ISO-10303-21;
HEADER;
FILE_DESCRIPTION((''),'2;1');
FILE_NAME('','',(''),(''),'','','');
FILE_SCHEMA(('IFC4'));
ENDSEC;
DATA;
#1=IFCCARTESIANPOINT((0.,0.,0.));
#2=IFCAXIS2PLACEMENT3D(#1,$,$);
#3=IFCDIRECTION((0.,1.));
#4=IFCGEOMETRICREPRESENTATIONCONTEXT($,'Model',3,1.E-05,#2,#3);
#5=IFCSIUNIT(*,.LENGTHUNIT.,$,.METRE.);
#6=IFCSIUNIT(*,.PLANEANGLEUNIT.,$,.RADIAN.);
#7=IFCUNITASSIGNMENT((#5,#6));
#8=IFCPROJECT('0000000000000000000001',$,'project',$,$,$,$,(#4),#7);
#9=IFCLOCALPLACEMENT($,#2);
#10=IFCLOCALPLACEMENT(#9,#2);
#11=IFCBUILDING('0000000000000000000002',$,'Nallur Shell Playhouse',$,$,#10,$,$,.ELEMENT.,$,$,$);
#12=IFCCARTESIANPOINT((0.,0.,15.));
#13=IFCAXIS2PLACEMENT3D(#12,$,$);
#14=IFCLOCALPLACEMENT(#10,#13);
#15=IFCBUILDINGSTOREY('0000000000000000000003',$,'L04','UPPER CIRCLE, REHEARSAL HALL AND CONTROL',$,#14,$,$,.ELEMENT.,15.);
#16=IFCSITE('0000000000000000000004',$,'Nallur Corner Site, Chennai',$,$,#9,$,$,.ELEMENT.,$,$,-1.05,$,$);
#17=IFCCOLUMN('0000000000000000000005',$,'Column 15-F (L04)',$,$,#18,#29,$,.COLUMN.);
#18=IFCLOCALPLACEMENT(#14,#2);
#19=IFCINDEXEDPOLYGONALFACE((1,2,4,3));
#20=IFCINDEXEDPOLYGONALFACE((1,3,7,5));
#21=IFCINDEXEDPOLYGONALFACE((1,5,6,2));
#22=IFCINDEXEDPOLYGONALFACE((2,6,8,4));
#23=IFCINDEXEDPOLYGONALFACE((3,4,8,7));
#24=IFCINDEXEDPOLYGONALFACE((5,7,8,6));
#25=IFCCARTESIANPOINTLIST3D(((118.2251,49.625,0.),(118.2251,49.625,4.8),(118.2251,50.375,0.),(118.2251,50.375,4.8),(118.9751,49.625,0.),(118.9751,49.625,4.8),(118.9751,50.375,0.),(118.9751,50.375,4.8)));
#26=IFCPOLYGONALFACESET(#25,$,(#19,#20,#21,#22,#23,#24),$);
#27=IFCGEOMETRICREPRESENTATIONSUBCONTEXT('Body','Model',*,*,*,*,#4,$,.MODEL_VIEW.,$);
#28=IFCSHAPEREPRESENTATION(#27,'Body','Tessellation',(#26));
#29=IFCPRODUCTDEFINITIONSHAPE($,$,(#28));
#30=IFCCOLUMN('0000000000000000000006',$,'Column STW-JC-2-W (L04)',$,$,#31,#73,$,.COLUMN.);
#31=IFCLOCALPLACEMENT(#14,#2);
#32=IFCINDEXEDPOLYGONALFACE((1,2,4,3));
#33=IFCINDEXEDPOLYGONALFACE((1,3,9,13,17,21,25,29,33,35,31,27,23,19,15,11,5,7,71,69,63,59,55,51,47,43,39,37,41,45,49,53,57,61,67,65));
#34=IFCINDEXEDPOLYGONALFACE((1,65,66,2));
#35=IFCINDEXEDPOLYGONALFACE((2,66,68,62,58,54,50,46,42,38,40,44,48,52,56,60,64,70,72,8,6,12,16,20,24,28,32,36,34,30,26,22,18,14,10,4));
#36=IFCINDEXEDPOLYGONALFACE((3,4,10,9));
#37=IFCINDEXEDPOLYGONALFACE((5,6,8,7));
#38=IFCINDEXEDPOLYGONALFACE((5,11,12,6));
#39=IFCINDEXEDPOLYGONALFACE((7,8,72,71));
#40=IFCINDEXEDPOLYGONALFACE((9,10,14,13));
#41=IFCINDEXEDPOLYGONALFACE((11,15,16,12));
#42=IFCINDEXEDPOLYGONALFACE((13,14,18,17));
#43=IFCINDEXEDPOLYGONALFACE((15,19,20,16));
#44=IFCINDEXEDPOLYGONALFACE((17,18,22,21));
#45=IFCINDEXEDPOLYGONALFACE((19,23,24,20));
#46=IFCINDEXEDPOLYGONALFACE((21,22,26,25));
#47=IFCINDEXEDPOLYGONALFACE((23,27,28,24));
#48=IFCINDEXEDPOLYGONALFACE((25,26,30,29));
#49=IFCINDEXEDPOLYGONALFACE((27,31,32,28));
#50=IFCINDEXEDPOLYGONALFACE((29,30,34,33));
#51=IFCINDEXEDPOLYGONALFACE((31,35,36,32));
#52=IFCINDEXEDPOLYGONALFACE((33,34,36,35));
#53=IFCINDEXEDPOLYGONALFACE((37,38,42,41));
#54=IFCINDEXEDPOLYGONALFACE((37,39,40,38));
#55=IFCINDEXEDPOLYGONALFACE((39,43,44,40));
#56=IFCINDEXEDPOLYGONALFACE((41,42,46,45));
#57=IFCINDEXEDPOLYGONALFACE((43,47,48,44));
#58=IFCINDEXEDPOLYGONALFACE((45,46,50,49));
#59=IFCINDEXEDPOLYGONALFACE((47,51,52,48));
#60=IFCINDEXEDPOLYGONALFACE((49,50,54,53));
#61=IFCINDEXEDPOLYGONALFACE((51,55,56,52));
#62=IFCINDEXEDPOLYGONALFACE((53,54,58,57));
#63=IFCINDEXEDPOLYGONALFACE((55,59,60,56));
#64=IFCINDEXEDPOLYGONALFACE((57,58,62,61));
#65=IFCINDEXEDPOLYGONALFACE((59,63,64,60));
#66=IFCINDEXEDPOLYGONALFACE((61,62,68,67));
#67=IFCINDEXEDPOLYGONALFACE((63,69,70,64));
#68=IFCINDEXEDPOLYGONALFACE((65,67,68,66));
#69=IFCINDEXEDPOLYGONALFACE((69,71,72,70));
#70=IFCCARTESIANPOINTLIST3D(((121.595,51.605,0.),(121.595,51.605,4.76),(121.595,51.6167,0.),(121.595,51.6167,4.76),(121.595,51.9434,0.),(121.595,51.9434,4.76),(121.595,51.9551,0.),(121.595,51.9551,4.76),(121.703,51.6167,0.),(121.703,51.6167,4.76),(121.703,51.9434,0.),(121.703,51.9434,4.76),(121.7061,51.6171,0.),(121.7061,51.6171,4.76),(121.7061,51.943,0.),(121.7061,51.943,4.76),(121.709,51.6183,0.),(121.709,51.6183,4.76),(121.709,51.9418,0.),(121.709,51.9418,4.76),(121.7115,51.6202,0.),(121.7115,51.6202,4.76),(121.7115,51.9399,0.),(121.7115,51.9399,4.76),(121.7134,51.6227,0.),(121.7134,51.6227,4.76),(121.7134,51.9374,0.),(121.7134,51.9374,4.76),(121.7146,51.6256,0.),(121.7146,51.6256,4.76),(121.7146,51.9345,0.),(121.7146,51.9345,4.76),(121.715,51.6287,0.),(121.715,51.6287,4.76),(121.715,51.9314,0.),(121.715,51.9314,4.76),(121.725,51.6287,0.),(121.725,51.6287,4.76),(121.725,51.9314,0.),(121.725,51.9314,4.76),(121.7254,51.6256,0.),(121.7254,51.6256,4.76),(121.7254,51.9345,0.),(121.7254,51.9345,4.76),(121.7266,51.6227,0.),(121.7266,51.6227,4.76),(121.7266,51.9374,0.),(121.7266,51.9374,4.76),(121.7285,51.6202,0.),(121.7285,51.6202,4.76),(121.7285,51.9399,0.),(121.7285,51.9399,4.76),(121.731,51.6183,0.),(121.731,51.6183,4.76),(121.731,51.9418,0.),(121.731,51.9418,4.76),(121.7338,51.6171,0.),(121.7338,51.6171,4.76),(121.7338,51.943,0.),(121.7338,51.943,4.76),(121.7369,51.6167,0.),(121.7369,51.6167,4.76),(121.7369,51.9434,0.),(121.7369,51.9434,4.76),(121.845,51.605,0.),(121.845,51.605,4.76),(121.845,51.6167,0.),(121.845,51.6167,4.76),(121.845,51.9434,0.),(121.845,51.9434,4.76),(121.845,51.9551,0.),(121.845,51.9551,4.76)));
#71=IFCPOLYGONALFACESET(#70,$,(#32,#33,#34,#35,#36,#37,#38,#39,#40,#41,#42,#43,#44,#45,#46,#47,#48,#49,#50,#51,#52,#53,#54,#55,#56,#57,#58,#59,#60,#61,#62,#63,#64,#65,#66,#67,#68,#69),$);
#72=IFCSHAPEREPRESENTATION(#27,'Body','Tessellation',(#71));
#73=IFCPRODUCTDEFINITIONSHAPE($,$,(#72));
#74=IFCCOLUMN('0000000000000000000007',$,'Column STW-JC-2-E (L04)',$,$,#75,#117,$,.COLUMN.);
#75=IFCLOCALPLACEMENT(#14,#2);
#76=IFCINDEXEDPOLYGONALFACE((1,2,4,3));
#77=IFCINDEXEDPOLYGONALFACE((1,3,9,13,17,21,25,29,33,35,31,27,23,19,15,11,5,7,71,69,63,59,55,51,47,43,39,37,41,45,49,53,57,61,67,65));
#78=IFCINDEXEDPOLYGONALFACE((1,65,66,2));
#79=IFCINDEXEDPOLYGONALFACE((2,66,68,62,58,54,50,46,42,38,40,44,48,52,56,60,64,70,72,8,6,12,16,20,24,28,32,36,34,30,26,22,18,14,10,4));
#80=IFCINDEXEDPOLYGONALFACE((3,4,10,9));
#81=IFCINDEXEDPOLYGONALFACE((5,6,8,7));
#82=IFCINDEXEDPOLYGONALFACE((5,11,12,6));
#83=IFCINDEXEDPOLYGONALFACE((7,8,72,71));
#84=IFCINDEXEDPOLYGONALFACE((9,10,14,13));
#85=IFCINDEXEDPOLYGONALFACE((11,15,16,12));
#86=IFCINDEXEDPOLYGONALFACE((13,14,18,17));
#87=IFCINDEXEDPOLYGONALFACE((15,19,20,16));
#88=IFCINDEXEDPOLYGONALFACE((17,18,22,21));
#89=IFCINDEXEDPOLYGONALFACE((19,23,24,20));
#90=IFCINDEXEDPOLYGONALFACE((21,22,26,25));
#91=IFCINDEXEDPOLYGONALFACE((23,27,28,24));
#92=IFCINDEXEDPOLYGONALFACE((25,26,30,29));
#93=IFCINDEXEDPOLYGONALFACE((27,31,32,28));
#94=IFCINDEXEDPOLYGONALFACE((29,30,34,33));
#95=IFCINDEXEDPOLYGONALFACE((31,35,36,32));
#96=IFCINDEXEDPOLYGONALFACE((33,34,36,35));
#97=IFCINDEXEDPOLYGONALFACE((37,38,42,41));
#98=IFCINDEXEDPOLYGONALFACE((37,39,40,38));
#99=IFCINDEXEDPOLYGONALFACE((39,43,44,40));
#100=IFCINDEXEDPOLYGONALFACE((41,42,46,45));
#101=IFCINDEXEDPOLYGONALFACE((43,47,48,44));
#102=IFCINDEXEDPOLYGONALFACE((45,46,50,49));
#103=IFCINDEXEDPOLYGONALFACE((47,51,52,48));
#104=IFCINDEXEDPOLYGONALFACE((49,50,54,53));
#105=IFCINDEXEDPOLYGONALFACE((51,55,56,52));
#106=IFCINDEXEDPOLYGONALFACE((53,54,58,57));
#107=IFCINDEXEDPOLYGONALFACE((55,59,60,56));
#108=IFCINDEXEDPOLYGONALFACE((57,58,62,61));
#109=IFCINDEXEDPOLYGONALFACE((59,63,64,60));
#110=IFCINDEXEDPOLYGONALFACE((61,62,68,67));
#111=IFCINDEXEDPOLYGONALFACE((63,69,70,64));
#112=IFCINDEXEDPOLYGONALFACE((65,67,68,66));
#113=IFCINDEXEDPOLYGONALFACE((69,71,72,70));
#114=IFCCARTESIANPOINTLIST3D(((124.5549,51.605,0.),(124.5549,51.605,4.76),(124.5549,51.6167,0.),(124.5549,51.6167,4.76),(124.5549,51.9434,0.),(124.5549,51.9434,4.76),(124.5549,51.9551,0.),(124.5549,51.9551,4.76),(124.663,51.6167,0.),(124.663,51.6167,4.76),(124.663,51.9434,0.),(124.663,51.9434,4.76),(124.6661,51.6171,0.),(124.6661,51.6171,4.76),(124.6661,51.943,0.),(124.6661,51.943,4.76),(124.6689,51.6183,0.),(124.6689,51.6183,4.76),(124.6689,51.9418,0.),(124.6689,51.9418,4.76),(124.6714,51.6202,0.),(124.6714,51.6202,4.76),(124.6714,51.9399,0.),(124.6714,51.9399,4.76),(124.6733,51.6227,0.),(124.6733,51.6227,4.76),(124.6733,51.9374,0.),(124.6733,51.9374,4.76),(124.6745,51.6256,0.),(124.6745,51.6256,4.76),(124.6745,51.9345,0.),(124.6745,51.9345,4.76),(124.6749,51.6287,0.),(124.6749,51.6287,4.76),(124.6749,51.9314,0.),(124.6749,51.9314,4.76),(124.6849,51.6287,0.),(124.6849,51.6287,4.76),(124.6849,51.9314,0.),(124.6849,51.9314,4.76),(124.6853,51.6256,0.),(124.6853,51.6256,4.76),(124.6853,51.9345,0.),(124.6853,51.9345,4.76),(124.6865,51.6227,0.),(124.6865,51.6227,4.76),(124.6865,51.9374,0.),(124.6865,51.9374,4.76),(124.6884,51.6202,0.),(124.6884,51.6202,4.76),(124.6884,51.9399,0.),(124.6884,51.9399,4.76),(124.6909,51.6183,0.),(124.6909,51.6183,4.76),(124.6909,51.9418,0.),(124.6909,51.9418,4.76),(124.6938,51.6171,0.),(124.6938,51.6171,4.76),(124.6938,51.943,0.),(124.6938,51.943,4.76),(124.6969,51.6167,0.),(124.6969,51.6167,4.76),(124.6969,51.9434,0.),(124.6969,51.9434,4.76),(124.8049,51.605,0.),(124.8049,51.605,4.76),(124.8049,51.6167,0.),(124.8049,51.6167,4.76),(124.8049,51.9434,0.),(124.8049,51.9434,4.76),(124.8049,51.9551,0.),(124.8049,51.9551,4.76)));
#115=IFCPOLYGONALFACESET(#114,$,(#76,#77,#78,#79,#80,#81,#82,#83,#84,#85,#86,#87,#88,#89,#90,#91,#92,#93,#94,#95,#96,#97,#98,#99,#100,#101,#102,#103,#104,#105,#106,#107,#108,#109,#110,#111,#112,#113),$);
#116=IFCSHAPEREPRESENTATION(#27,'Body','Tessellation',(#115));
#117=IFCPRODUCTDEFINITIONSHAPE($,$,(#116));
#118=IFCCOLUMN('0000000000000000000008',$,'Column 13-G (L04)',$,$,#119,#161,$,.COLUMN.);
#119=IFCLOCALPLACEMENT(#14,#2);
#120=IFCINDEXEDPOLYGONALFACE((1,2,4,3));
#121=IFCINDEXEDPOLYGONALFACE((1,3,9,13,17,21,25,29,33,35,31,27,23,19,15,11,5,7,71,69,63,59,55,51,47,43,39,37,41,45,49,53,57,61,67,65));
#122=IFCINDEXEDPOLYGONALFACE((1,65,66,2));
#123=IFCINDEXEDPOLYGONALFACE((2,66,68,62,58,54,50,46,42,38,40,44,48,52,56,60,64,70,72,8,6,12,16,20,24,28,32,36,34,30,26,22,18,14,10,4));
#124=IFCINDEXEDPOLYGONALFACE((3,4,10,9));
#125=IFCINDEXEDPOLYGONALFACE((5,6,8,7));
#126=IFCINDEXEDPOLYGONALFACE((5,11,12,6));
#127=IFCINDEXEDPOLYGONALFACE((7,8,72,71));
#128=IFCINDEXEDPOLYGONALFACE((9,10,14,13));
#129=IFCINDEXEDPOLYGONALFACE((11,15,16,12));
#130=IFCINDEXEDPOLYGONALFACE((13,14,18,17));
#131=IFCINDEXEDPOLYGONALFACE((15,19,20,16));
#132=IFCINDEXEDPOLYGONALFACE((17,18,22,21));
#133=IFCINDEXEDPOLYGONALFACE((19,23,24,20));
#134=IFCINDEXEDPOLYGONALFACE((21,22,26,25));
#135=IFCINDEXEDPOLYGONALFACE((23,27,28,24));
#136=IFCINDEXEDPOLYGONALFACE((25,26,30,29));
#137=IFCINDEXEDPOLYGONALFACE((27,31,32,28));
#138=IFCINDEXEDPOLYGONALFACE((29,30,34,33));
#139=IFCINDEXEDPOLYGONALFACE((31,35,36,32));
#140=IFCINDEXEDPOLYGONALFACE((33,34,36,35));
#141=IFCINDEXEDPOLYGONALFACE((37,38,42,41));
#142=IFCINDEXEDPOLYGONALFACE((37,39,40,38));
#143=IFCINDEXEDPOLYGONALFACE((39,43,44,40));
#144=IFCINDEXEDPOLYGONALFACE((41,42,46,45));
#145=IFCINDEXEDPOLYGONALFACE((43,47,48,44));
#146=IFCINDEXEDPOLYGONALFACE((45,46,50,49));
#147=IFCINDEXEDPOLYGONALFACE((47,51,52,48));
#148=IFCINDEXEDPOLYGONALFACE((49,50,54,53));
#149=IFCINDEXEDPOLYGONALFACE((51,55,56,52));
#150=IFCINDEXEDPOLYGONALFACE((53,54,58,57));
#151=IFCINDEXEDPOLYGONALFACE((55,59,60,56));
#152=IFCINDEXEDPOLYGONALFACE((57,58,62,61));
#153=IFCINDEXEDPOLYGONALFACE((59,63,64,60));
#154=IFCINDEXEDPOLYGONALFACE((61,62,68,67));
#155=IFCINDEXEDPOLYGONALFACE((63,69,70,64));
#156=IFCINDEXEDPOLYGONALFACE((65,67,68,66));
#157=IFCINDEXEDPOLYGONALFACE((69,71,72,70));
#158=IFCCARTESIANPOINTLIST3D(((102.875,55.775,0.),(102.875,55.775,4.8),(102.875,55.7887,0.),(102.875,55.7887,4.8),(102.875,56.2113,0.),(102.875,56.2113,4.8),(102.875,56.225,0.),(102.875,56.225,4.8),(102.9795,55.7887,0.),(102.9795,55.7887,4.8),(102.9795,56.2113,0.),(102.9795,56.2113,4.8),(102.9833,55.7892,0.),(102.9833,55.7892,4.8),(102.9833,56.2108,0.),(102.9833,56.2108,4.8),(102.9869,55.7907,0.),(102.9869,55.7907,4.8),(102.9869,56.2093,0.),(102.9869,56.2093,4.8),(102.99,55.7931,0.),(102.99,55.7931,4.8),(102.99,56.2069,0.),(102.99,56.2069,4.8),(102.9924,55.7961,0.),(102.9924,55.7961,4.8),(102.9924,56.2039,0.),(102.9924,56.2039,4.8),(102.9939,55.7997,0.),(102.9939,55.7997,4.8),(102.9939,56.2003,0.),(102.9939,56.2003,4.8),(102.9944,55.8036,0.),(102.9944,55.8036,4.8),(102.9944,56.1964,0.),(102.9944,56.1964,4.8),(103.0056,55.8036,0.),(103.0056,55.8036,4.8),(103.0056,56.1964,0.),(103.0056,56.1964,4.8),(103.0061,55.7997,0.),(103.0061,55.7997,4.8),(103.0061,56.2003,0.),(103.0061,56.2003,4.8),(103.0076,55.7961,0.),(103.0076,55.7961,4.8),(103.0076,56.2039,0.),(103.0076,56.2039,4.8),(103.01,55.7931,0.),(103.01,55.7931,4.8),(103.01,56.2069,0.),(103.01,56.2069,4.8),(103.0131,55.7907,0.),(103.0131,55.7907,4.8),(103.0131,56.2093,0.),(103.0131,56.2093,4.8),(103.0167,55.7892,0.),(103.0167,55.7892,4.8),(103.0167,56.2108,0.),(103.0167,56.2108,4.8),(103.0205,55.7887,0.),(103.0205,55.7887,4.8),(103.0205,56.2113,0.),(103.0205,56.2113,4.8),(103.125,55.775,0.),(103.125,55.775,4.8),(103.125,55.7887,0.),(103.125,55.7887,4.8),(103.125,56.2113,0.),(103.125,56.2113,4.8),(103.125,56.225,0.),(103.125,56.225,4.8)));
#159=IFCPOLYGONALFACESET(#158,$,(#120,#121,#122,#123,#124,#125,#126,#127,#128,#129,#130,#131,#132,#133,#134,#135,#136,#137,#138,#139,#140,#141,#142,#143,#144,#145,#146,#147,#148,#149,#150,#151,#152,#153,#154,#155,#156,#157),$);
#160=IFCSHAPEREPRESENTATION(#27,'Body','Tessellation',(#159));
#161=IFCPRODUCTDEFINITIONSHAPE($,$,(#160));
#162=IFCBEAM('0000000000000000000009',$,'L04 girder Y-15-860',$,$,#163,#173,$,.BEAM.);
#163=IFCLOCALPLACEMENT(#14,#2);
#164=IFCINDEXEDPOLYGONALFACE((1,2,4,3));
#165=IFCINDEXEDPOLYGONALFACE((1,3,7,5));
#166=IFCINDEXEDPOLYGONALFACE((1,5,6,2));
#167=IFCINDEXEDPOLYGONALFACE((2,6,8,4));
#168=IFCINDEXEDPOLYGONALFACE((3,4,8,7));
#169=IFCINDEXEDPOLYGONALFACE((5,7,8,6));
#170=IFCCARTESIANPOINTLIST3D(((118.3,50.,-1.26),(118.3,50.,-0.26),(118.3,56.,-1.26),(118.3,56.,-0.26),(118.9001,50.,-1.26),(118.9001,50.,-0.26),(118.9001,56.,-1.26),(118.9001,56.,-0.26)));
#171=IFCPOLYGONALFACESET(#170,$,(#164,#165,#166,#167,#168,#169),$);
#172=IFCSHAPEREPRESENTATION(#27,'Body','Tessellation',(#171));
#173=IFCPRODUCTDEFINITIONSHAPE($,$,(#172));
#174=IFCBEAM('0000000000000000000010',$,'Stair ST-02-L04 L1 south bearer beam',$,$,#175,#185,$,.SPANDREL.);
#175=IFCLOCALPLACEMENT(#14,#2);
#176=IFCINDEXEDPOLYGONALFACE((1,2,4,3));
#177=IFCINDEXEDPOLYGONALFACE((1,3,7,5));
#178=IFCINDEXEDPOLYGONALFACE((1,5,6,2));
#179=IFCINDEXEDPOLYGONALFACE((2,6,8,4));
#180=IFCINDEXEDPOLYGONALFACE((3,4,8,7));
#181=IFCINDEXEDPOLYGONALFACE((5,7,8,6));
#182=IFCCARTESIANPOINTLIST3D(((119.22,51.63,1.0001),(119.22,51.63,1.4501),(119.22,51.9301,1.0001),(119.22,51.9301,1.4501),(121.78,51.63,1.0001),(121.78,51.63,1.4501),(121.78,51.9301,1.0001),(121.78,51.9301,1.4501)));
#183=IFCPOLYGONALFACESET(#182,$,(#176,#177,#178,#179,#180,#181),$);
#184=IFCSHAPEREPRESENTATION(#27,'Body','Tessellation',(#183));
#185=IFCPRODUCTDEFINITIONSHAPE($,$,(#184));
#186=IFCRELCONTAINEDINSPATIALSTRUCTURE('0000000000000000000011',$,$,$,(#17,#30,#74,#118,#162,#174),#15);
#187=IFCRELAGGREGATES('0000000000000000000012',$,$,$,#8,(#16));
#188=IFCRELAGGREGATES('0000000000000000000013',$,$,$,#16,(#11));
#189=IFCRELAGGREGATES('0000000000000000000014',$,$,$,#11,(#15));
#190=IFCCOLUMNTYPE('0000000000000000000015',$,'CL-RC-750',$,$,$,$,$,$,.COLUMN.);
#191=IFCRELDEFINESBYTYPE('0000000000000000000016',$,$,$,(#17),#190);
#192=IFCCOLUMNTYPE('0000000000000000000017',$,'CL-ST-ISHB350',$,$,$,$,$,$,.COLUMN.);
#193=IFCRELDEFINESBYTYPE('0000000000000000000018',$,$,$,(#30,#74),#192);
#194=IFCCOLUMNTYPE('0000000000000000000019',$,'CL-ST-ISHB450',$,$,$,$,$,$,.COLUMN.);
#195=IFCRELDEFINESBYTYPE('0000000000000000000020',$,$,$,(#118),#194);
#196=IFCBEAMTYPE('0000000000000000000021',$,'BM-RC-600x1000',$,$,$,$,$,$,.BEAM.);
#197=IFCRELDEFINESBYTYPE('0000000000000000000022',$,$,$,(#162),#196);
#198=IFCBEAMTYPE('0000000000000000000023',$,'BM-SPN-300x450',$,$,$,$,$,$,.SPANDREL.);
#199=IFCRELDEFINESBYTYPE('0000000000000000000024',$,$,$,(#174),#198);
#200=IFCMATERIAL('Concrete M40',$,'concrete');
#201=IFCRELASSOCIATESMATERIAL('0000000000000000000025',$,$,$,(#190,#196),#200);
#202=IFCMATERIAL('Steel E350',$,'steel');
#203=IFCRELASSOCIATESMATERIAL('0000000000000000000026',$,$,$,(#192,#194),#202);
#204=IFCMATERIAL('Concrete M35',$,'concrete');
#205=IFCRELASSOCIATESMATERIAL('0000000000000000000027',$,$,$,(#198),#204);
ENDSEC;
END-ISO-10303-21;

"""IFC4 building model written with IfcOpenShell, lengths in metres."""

from ifc_helpers import new_model, si_unit, direction, frame, origin, origin_2d, place, context, subcontext, project, spatial, rectangle, i_section, extrude, material, material_profile, profile_set, type_object, element, save


model = new_model("IFC4")

# Units and contexts
model_context = context("Model", 3, precision=1e-05, world=origin(), true_north=direction((0.0, 1.0)))
body_context = subcontext(model_context, "Body", "Model", "MODEL_VIEW")
ifc_project = project(units=[si_unit("LENGTHUNIT", "METRE"), si_unit("PLANEANGLEUNIT", "RADIAN")], contexts=[model_context])

# Site, building, storey
site_placement = place(None, origin())
site = spatial("IfcSite", under=ifc_project, at=site_placement, Name="Nallur Corner Site, Chennai", CompositionType="ELEMENT", RefElevation=-1.05)
building_placement = place(site_placement, origin())
building = spatial("IfcBuilding", under=site, at=building_placement, Name="Nallur Shell Playhouse", CompositionType="ELEMENT")
storey_placement = place(building_placement, frame((0.0, 0.0, 15.0)))
storey = spatial("IfcBuildingStorey", under=building, at=storey_placement, Name="L04", Description="UPPER CIRCLE, REHEARSAL HALL AND CONTROL", CompositionType="ELEMENT", Elevation=15.0)

# Columns
ifc_material_1 = material(Name="Concrete M40", Category="concrete")
ifc_material_profile_1 = material_profile(ifc_material_1, rectangle(XDim=0.75, YDim=0.75, at=origin_2d()), Name="RC 750x750")
ifc_profile_set_1 = profile_set([ifc_material_profile_1], Name="Concrete M40")
column_type_1 = type_object("IfcColumnType", Name="CL-RC-750", PredefinedType="COLUMN", material=ifc_profile_set_1)
column_1_placement = place(storey_placement, frame((118.6001, 50.0, 0.0), z_axis=(0.0, 0.0, 1.0), x_axis=(1.0, 0.0, 0.0)))
element("IfcColumn", 1, at=column_1_placement, inside=storey, type_object=column_type_1, Name="Column 15-F (L04)", PredefinedType="COLUMN", context=body_context, shape_type="SweptSolid", body=[
    extrude(rectangle(XDim=0.75, YDim=0.75, at=origin_2d()), origin(), (0.0, 0.0, 1.0), 4.8),
])
ifc_material_2 = material(Name="Steel E350", Category="steel")
ifc_material_profile_2 = material_profile(ifc_material_2, i_section(OverallWidth=0.25, OverallDepth=0.3501, WebThickness=0.01, FlangeThickness=0.0117, FilletRadius=0.012, at=origin_2d()), Name="ISHB 350")
ifc_profile_set_2 = profile_set([ifc_material_profile_2], Name="Steel E350")
column_type_2 = type_object("IfcColumnType", Name="CL-ST-ISHB350", PredefinedType="COLUMN", material=ifc_profile_set_2)
for number, where, z_axis, x_axis, name in (
    (2, (121.72, 51.78, 0.0), (0.0, 0.0, 1.0), (1.0, 0.0, 0.0), "Column STW-JC-2-W (L04)"),
    (3, (124.6799, 51.78, 0.0), (0.0, 0.0, 1.0), (1.0, 0.0, 0.0), "Column STW-JC-2-E (L04)"),
):
    element("IfcColumn", number, at=place(storey_placement, frame(where, z_axis=z_axis, x_axis=x_axis)), inside=storey, type_object=column_type_2, Name=name, PredefinedType="COLUMN", context=body_context, shape_type="SweptSolid", body=[
        extrude(i_section(OverallWidth=0.25, OverallDepth=0.3501, WebThickness=0.01, FlangeThickness=0.0117, FilletRadius=0.012, at=origin_2d()), origin(), (0.0, 0.0, 1.0), 4.76),
    ])
ifc_material_profile_3 = material_profile(ifc_material_2, i_section(OverallWidth=0.25, OverallDepth=0.45, WebThickness=0.0112, FlangeThickness=0.0137, FilletRadius=0.0149, at=origin_2d()), Name="ISHB 450")
ifc_profile_set_3 = profile_set([ifc_material_profile_3], Name="Steel E350")
column_type_3 = type_object("IfcColumnType", Name="CL-ST-ISHB450", PredefinedType="COLUMN", material=ifc_profile_set_3)
column_2_placement = place(storey_placement, frame((103.0, 56.0, 0.0), z_axis=(0.0, 0.0, 1.0), x_axis=(1.0, 0.0, 0.0)))
element("IfcColumn", 4, at=column_2_placement, inside=storey, type_object=column_type_3, Name="Column 13-G (L04)", PredefinedType="COLUMN", context=body_context, shape_type="SweptSolid", body=[
    extrude(i_section(OverallWidth=0.25, OverallDepth=0.45, WebThickness=0.0112, FlangeThickness=0.0137, FilletRadius=0.0149, at=origin_2d()), origin(), (0.0, 0.0, 1.0), 4.8),
])

# Beams
ifc_material_profile_4 = material_profile(ifc_material_1, rectangle(XDim=0.6001, YDim=1.0, at=origin_2d()), Name="RC 600x1000")
ifc_profile_set_4 = profile_set([ifc_material_profile_4], Name="Concrete M40")
beam_type_1 = type_object("IfcBeamType", Name="BM-RC-600x1000", PredefinedType="BEAM", material=ifc_profile_set_4)
beam_1_placement = place(storey_placement, frame((118.6001, 50.0, -0.76), z_axis=(0.0, 1.0, 0.0), x_axis=(-1.0, 0.0, 0.0)))
element("IfcBeam", 5, at=beam_1_placement, inside=storey, type_object=beam_type_1, Name="L04 girder Y-15-860", PredefinedType="BEAM", context=body_context, shape_type="SweptSolid", body=[
    extrude(rectangle(XDim=0.6001, YDim=1.0, at=origin_2d()), origin(), (0.0, 0.0, 1.0), 6.0),
])
ifc_material_3 = material(Name="Concrete M35", Category="concrete")
ifc_material_profile_5 = material_profile(ifc_material_3, rectangle(XDim=0.3, YDim=0.45, at=origin_2d()), Name="RC 300x450")
ifc_profile_set_5 = profile_set([ifc_material_profile_5], Name="Concrete M35")
beam_type_2 = type_object("IfcBeamType", Name="BM-SPN-300x450", PredefinedType="SPANDREL", material=ifc_profile_set_5)
beam_2_placement = place(storey_placement, frame((119.22, 51.78, 1.2251), z_axis=(1.0, 0.0, 0.0), x_axis=(0.0, 1.0, 0.0)))
element("IfcBeam", 6, at=beam_2_placement, inside=storey, type_object=beam_type_2, Name="Stair ST-02-L04 L1 south bearer beam", PredefinedType="SPANDREL", context=body_context, shape_type="SweptSolid", body=[
    extrude(rectangle(XDim=0.3, YDim=0.45, at=origin_2d()), origin(), (0.0, 0.0, 1.0), 2.5601),
])

save(model, "model.ifc")
